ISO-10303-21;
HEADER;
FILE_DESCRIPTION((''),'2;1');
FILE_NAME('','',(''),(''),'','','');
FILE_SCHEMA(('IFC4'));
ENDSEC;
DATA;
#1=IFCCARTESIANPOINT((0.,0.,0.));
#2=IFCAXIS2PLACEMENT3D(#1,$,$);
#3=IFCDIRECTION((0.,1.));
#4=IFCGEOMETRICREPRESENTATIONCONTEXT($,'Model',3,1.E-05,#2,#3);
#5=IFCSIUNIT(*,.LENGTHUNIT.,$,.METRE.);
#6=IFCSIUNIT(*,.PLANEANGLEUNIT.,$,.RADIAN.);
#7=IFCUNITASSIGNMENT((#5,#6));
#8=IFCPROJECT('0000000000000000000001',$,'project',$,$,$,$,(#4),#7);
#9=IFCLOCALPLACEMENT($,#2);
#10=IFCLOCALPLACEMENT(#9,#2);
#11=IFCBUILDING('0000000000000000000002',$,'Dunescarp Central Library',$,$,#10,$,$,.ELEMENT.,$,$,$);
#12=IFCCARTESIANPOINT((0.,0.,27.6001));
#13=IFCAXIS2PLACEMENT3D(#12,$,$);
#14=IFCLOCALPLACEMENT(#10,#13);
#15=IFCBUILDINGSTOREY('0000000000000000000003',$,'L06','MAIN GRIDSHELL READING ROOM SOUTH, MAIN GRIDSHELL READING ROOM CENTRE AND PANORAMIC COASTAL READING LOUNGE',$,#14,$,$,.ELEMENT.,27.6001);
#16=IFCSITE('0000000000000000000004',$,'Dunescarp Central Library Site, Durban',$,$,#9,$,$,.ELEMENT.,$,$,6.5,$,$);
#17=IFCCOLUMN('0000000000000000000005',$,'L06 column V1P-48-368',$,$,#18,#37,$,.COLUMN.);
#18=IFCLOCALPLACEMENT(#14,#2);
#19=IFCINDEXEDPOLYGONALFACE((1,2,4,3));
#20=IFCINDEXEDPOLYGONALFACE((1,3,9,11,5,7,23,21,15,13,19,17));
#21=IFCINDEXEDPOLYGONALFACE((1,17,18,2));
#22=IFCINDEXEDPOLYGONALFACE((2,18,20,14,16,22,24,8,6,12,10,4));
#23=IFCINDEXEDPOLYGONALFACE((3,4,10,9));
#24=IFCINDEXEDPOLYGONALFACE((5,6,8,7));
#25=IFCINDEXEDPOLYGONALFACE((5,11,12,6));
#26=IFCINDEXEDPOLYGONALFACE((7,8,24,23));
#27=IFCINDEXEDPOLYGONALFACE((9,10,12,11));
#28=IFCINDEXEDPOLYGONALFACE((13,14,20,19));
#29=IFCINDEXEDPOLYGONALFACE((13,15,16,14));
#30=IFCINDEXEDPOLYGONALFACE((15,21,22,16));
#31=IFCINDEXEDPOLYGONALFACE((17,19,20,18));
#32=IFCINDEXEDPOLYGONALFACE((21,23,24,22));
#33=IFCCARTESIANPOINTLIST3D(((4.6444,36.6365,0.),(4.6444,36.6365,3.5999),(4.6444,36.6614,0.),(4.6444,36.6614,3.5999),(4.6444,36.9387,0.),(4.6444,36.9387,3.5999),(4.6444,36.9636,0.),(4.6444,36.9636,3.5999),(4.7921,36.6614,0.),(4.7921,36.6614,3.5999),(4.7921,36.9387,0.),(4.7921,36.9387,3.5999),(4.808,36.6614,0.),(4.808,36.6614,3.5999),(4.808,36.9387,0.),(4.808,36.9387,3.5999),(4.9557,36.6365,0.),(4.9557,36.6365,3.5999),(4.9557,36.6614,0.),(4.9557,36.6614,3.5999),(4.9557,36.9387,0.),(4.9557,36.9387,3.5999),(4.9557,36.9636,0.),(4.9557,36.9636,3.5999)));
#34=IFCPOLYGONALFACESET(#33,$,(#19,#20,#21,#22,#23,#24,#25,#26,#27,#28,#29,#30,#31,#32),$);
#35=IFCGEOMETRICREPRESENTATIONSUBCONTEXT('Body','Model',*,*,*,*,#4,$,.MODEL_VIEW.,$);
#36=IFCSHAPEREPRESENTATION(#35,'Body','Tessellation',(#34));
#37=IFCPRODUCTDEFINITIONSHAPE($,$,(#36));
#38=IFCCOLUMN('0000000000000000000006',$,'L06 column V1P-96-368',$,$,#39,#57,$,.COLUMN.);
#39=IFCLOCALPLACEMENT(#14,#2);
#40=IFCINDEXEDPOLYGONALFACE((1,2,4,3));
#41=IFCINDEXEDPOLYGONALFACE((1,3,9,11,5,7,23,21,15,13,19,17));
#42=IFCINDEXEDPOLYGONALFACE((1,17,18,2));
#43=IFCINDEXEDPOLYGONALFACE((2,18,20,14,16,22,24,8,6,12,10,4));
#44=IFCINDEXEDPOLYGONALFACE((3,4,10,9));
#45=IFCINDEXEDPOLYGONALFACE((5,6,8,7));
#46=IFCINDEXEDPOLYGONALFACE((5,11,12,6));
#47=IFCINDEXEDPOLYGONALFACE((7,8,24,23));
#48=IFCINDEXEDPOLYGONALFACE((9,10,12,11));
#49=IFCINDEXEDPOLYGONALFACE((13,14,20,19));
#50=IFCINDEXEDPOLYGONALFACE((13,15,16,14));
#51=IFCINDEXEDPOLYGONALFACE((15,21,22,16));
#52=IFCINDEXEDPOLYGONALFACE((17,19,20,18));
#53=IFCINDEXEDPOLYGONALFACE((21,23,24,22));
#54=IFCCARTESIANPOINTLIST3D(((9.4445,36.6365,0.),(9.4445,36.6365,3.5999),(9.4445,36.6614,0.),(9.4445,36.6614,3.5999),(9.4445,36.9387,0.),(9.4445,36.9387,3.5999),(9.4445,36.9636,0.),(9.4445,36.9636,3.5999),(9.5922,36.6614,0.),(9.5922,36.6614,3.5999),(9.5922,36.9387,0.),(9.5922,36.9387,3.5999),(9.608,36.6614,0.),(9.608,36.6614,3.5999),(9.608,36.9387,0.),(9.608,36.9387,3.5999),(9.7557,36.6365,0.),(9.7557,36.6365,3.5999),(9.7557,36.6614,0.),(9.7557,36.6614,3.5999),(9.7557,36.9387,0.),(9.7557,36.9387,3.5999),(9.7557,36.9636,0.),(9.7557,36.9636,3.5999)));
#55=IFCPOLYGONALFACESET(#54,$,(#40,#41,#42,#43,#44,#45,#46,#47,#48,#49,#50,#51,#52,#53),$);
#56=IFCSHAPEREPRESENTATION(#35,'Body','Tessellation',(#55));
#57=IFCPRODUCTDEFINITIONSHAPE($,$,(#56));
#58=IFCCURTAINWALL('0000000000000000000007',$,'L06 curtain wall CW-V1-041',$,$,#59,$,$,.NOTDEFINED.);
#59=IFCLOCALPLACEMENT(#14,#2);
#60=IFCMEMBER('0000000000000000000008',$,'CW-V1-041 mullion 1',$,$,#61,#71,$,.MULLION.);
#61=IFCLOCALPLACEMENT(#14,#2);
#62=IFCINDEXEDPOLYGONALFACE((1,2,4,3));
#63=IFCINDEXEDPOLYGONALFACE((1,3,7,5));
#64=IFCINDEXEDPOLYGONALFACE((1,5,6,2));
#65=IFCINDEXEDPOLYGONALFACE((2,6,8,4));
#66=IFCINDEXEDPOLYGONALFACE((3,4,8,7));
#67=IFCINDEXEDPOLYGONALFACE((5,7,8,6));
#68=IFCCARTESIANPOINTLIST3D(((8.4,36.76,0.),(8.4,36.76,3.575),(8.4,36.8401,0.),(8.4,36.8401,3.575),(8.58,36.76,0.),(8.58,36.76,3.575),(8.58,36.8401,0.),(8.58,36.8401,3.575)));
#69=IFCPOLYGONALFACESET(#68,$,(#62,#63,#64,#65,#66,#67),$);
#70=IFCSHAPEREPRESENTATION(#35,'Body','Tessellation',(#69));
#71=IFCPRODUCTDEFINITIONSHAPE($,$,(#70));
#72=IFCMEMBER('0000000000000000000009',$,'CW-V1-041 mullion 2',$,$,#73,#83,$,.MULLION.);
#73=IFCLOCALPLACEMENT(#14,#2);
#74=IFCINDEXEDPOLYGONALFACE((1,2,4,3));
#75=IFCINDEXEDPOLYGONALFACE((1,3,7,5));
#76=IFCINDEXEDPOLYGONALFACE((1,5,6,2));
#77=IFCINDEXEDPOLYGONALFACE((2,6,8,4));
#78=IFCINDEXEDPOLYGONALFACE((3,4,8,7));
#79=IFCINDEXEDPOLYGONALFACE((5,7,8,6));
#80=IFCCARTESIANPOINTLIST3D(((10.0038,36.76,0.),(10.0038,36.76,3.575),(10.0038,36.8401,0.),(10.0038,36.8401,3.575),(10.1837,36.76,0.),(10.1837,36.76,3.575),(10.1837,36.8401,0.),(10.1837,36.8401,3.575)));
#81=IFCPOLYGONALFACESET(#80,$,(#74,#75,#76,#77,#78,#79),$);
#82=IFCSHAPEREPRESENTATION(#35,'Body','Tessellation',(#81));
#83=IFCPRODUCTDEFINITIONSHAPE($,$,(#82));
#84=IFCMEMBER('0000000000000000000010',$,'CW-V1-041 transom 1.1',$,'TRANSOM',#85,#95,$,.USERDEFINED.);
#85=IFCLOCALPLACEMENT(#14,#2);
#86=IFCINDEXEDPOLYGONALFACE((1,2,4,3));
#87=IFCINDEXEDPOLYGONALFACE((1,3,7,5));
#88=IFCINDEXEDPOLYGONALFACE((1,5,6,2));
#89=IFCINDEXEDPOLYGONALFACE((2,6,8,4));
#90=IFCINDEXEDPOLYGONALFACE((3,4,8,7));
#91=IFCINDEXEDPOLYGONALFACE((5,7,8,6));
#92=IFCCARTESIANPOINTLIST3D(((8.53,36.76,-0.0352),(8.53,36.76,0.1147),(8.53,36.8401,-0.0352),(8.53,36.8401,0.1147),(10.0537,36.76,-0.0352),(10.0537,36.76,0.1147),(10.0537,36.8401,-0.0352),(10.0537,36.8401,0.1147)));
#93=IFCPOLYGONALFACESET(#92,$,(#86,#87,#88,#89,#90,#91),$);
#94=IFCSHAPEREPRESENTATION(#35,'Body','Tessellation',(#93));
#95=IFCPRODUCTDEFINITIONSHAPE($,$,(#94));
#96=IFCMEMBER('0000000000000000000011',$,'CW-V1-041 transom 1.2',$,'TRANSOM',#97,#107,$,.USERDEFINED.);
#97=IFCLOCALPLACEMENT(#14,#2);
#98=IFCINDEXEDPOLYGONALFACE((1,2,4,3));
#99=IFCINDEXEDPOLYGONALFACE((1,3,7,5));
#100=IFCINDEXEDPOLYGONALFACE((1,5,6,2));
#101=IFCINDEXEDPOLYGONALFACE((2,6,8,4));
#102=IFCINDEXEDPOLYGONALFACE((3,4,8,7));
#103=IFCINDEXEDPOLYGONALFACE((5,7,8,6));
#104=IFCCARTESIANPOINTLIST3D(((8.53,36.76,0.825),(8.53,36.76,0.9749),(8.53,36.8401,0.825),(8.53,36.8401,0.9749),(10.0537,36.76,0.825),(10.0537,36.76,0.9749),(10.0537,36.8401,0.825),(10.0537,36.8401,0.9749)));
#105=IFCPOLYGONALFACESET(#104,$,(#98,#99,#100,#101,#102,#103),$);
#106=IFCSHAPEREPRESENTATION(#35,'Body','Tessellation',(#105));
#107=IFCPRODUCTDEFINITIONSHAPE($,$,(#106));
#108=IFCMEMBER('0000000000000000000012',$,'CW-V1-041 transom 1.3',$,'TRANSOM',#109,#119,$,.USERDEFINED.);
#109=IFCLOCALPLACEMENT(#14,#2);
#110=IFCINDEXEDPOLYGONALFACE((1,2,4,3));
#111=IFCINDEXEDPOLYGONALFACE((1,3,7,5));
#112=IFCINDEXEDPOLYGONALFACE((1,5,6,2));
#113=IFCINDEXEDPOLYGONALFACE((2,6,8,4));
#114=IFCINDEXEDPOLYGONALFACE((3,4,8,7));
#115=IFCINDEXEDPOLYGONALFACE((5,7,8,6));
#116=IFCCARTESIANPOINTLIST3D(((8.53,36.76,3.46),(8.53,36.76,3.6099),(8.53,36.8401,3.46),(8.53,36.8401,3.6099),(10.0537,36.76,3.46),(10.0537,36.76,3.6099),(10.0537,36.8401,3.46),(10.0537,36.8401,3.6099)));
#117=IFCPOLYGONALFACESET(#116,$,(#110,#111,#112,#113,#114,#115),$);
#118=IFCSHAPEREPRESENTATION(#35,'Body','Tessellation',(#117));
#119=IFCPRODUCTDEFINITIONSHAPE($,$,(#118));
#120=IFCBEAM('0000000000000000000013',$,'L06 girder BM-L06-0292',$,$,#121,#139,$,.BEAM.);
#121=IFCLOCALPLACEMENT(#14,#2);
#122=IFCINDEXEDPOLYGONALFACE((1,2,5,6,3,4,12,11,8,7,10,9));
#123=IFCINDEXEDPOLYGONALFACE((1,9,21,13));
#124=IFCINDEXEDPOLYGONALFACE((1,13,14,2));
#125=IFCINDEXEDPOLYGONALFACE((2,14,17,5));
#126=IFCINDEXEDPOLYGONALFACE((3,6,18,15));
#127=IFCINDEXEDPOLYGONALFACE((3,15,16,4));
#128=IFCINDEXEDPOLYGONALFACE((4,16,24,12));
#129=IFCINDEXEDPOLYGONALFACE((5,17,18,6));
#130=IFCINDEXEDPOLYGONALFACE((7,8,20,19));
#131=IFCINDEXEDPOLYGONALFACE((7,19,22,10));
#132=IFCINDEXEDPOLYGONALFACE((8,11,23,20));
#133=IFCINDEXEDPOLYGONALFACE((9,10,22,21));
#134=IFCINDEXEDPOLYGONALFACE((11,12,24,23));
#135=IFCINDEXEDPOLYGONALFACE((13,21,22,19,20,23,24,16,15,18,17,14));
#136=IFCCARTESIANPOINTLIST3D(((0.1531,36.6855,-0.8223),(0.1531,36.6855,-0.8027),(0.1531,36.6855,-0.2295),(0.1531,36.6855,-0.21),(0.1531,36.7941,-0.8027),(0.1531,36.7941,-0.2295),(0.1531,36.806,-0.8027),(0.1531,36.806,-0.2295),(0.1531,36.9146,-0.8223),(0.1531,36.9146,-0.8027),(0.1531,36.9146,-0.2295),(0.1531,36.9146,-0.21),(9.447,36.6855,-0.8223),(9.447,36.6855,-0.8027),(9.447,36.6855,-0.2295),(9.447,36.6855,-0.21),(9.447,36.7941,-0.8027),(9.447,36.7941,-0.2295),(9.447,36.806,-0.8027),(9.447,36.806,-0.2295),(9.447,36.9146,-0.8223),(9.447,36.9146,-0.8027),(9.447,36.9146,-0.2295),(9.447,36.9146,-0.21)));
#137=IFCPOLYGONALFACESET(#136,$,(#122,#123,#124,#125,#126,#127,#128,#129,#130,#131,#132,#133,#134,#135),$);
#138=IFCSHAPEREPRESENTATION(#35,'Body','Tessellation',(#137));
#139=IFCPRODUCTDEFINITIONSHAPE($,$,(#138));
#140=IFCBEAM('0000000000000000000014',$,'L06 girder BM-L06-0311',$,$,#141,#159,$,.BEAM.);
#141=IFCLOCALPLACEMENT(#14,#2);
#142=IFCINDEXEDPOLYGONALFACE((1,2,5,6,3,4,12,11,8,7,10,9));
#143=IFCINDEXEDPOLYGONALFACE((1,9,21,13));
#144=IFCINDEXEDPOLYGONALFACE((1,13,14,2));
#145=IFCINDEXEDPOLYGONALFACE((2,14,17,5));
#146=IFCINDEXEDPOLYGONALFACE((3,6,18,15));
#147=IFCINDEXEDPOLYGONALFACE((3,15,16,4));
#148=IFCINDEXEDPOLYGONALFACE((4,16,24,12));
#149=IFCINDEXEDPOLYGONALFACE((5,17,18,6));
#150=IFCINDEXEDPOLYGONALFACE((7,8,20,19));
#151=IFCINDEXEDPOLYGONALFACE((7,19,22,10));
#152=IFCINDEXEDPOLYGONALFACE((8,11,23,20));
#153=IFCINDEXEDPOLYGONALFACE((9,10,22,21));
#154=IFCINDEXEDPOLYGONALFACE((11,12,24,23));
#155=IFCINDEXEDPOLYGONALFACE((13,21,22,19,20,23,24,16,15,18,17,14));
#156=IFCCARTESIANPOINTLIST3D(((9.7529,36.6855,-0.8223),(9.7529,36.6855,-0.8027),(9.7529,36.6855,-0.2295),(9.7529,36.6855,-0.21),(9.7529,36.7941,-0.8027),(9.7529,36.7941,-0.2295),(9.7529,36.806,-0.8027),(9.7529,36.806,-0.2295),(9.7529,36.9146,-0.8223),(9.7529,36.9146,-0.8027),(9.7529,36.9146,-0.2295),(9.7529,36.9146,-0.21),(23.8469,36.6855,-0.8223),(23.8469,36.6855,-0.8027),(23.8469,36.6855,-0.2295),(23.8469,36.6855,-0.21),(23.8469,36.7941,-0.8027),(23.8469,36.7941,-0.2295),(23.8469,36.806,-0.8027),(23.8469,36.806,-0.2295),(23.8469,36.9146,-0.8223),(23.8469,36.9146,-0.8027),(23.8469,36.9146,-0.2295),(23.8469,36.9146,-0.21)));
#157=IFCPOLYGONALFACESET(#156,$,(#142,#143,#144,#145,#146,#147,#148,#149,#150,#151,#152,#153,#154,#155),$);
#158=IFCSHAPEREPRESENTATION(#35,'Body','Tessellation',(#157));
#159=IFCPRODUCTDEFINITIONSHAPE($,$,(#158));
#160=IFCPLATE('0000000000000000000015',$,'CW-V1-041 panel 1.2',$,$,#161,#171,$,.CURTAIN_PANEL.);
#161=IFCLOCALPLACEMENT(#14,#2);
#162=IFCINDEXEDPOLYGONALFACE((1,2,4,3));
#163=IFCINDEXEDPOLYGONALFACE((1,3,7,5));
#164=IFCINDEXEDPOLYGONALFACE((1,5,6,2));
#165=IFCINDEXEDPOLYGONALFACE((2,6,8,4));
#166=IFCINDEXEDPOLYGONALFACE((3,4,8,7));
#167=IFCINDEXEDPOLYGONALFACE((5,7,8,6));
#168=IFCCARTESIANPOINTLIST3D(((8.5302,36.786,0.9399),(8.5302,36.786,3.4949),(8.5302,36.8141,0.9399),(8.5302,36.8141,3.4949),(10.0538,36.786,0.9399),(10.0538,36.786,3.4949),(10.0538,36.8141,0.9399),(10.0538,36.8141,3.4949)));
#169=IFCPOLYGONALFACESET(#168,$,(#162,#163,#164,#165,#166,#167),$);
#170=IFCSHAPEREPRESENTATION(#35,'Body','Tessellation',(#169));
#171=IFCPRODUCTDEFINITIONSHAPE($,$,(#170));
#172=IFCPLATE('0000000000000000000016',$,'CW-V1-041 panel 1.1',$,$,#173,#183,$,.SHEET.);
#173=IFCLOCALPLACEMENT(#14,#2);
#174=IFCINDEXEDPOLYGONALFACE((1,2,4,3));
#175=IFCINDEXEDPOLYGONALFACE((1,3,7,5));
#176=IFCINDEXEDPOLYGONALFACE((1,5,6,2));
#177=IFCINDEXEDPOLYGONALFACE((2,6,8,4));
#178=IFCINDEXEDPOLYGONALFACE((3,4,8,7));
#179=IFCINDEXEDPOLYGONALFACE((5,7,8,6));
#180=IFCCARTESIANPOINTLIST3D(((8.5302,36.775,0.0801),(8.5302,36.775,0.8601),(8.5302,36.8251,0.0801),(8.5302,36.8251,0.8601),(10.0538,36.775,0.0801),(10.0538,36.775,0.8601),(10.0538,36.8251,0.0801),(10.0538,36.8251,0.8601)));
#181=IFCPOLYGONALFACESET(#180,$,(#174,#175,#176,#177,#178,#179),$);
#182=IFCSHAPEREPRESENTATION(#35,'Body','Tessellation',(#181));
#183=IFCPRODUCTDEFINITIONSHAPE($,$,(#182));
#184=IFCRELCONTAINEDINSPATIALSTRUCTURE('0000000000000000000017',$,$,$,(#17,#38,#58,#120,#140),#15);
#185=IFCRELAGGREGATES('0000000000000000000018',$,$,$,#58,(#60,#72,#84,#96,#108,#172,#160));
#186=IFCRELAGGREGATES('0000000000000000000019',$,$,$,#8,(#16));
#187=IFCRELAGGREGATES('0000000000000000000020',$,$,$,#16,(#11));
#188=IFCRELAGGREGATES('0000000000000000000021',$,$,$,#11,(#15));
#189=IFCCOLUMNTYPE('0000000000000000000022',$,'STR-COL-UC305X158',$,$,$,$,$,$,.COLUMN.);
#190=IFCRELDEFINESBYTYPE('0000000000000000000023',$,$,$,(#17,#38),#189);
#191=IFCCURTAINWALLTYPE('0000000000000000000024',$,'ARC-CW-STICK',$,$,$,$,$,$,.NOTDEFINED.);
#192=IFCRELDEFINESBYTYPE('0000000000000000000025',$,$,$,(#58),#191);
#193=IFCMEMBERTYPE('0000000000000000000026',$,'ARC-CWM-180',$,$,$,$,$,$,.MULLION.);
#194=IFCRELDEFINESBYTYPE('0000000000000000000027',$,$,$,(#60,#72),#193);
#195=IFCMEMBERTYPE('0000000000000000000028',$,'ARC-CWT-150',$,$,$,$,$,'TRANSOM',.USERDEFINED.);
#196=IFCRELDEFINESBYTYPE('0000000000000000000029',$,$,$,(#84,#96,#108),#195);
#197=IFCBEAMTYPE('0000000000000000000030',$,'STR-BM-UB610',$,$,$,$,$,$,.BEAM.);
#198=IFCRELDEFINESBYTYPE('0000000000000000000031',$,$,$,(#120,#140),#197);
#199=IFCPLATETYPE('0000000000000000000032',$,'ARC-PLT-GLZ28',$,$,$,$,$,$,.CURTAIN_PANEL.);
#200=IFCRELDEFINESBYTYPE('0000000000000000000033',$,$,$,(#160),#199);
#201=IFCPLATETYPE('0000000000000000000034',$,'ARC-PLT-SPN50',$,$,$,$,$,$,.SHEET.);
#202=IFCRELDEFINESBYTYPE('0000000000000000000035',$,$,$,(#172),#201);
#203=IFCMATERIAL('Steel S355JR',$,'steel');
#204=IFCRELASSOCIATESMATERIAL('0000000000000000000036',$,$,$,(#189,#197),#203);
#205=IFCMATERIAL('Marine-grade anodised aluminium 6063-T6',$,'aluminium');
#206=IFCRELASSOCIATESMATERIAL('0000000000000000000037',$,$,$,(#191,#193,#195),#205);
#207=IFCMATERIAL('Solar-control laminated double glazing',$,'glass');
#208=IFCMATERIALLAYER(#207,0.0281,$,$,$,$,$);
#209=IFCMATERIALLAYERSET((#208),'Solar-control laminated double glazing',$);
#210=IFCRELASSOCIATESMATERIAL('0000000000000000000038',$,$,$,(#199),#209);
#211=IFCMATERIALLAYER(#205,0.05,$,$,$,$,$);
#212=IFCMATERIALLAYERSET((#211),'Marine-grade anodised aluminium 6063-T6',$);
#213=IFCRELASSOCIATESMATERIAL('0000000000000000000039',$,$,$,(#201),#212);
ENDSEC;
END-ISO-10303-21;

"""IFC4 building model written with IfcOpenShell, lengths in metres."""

from ifc_helpers import new_model, si_unit, direction, frame, origin, origin_2d, place, context, subcontext, project, spatial, rectangle, i_section, extrude, material, layer, layer_set, material_profile, profile_set, type_object, element, aggregate, save


model = new_model("IFC4")

# Units and contexts
model_context = context("Model", 3, precision=1e-05, world=origin(), true_north=direction((0.0, 1.0)))
body_context = subcontext(model_context, "Body", "Model", "MODEL_VIEW")
ifc_project = project(units=[si_unit("LENGTHUNIT", "METRE"), si_unit("PLANEANGLEUNIT", "RADIAN")], contexts=[model_context])

# Site, building, storey
site_placement = place(None, origin())
site = spatial("IfcSite", under=ifc_project, at=site_placement, Name="Dunescarp Central Library Site, Durban", CompositionType="ELEMENT", RefElevation=6.5)
building_placement = place(site_placement, origin())
building = spatial("IfcBuilding", under=site, at=building_placement, Name="Dunescarp Central Library", CompositionType="ELEMENT")
storey_placement = place(building_placement, frame((0.0, 0.0, 27.6001)))
storey = spatial("IfcBuildingStorey", under=building, at=storey_placement, Name="L06", Description="MAIN GRIDSHELL READING ROOM SOUTH, MAIN GRIDSHELL READING ROOM CENTRE AND PANORAMIC COASTAL READING LOUNGE", CompositionType="ELEMENT", Elevation=27.6001)

# Columns
ifc_material_1 = material(Name="Steel S355JR", Category="steel")
ifc_material_profile_1 = material_profile(ifc_material_1, i_section(OverallWidth=0.3113, OverallDepth=0.3271, WebThickness=0.0159, FlangeThickness=0.0249, at=origin_2d()), Name="UC 305x305x158")
ifc_profile_set_1 = profile_set([ifc_material_profile_1], Name="Steel S355JR")
column_type = type_object("IfcColumnType", Name="STR-COL-UC305X158", PredefinedType="COLUMN", material=ifc_profile_set_1)
for number, where, z_axis, x_axis, name in (
    (1, (4.8, 36.8, 0.0), (0.0, 0.0, 1.0), (1.0, 0.0, 0.0), "L06 column V1P-48-368"),
    (2, (9.6001, 36.8, 0.0), (0.0, 0.0, 1.0), (1.0, 0.0, 0.0), "L06 column V1P-96-368"),
):
    element("IfcColumn", number, at=place(storey_placement, frame(where, z_axis=z_axis, x_axis=x_axis)), inside=storey, type_object=column_type, Name=name, PredefinedType="COLUMN", context=body_context, shape_type="SweptSolid", body=[
        extrude(i_section(OverallWidth=0.3113, OverallDepth=0.3271, WebThickness=0.0159, FlangeThickness=0.0249, at=origin_2d()), origin(), (0.0, 0.0, 1.0), 3.5999),
    ])

# Curtain wall, members
ifc_material_2 = material(Name="Marine-grade anodised aluminium 6063-T6", Category="aluminium")
curtain_wall_type = type_object("IfcCurtainWallType", Name="ARC-CW-STICK", PredefinedType="NOTDEFINED", material=ifc_material_2)
curtain_wall_placement = place(storey_placement, origin())
curtain_wall = element("IfcCurtainWall", 3, at=curtain_wall_placement, inside=storey, type_object=curtain_wall_type, Name="L06 curtain wall CW-V1-041", PredefinedType="NOTDEFINED")
ifc_material_profile_2 = material_profile(ifc_material_2, rectangle(XDim=0.0801, YDim=0.1799, at=origin_2d()), Name="AL 80x180")
ifc_profile_set_2 = profile_set([ifc_material_profile_2], Name="Marine-grade anodised aluminium 6063-T6")
member_type_1 = type_object("IfcMemberType", Name="ARC-CWM-180", PredefinedType="MULLION", material=ifc_profile_set_2)
member_1_placement = place(storey_placement, frame((8.49, 36.8, 0.0), z_axis=(0.0, 0.0, 1.0), x_axis=(0.0, 1.0, 0.0)))
member_1 = element("IfcMember", 4, at=member_1_placement, type_object=member_type_1, Name="CW-V1-041 mullion 1", PredefinedType="MULLION", context=body_context, shape_type="SweptSolid", body=[
    extrude(rectangle(XDim=0.0801, YDim=0.1799, at=origin_2d()), origin(), (0.0, 0.0, 1.0), 3.575),
])
member_2_placement = place(storey_placement, frame((10.0938, 36.8, 0.0), z_axis=(0.0, 0.0, 1.0), x_axis=(0.0, 1.0, 0.0)))
member_2 = element("IfcMember", 5, at=member_2_placement, type_object=member_type_1, Name="CW-V1-041 mullion 2", PredefinedType="MULLION", context=body_context, shape_type="SweptSolid", body=[
    extrude(rectangle(XDim=0.0801, YDim=0.1799, at=origin_2d()), origin(), (0.0, 0.0, 1.0), 3.575),
])
ifc_material_profile_3 = material_profile(ifc_material_2, rectangle(XDim=0.0801, YDim=0.1499, at=origin_2d()), Name="AL 80x150")
ifc_profile_set_3 = profile_set([ifc_material_profile_3], Name="Marine-grade anodised aluminium 6063-T6")
member_type_2 = type_object("IfcMemberType", Name="ARC-CWT-150", ElementType="TRANSOM", PredefinedType="USERDEFINED", material=ifc_profile_set_3)
member_3_placement = place(storey_placement, frame((8.53, 36.8, 0.0398), z_axis=(1.0, 0.0, 0.0), x_axis=(0.0, 1.0, 0.0)))
member_3 = element("IfcMember", 6, at=member_3_placement, type_object=member_type_2, Name="CW-V1-041 transom 1.1", ObjectType="TRANSOM", PredefinedType="USERDEFINED", context=body_context, shape_type="SweptSolid", body=[
    extrude(rectangle(XDim=0.0801, YDim=0.1499, at=origin_2d()), origin(), (0.0, 0.0, 1.0), 1.5237),
])
member_4_placement = place(storey_placement, frame((8.53, 36.8, 0.8999), z_axis=(1.0, 0.0, 0.0), x_axis=(0.0, 1.0, 0.0)))
member_4 = element("IfcMember", 7, at=member_4_placement, type_object=member_type_2, Name="CW-V1-041 transom 1.2", ObjectType="TRANSOM", PredefinedType="USERDEFINED", context=body_context, shape_type="SweptSolid", body=[
    extrude(rectangle(XDim=0.0801, YDim=0.1499, at=origin_2d()), origin(), (0.0, 0.0, 1.0), 1.5237),
])
member_5_placement = place(storey_placement, frame((8.53, 36.8, 3.5349), z_axis=(1.0, 0.0, 0.0), x_axis=(0.0, 1.0, 0.0)))
member_5 = element("IfcMember", 8, at=member_5_placement, type_object=member_type_2, Name="CW-V1-041 transom 1.3", ObjectType="TRANSOM", PredefinedType="USERDEFINED", context=body_context, shape_type="SweptSolid", body=[
    extrude(rectangle(XDim=0.0801, YDim=0.1499, at=origin_2d()), origin(), (0.0, 0.0, 1.0), 1.5237),
])

# Beams
ifc_material_profile_4 = material_profile(ifc_material_1, i_section(OverallWidth=0.229, OverallDepth=0.6123, WebThickness=0.012, FlangeThickness=0.0195, at=origin_2d()), Name="UB 610x229x125")
ifc_profile_set_4 = profile_set([ifc_material_profile_4], Name="Steel S355JR")
beam_type = type_object("IfcBeamType", Name="STR-BM-UB610", PredefinedType="BEAM", material=ifc_profile_set_4)
beam_1_placement = place(storey_placement, frame((0.1531, 36.8, -0.5161), z_axis=(1.0, 0.0, 0.0), x_axis=(0.0, 1.0, 0.0)))
element("IfcBeam", 9, at=beam_1_placement, inside=storey, type_object=beam_type, Name="L06 girder BM-L06-0292", PredefinedType="BEAM", context=body_context, shape_type="SweptSolid", body=[
    extrude(i_section(OverallWidth=0.229, OverallDepth=0.6123, WebThickness=0.012, FlangeThickness=0.0195, at=origin_2d()), origin(), (0.0, 0.0, 1.0), 9.2939),
])
beam_2_placement = place(storey_placement, frame((9.7529, 36.8, -0.5161), z_axis=(1.0, 0.0, 0.0), x_axis=(0.0, 1.0, 0.0)))
element("IfcBeam", 10, at=beam_2_placement, inside=storey, type_object=beam_type, Name="L06 girder BM-L06-0311", PredefinedType="BEAM", context=body_context, shape_type="SweptSolid", body=[
    extrude(i_section(OverallWidth=0.229, OverallDepth=0.6123, WebThickness=0.012, FlangeThickness=0.0195, at=origin_2d()), origin(), (0.0, 0.0, 1.0), 14.094),
])

# Plates
ifc_material_3 = material(Name="Solar-control laminated double glazing", Category="glass")
ifc_layer_1 = layer(ifc_material_3, 0.0281)
ifc_layer_set_1 = layer_set([ifc_layer_1], Name="Solar-control laminated double glazing")
plate_type_1 = type_object("IfcPlateType", Name="ARC-PLT-GLZ28", PredefinedType="CURTAIN_PANEL", material=ifc_layer_set_1)
plate_1_placement = place(storey_placement, frame((9.292, 36.8, 0.9399), z_axis=(0.0, 0.0, 1.0), x_axis=(1.0, 0.0, 0.0)))
plate_1 = element("IfcPlate", 11, at=plate_1_placement, type_object=plate_type_1, Name="CW-V1-041 panel 1.2", PredefinedType="CURTAIN_PANEL", context=body_context, shape_type="SweptSolid", body=[
    extrude(rectangle(XDim=1.5237, YDim=0.0281, at=origin_2d()), origin(), (0.0, 0.0, 1.0), 2.5549),
])
ifc_layer_2 = layer(ifc_material_2, 0.05)
ifc_layer_set_2 = layer_set([ifc_layer_2], Name="Marine-grade anodised aluminium 6063-T6")
plate_type_2 = type_object("IfcPlateType", Name="ARC-PLT-SPN50", PredefinedType="SHEET", material=ifc_layer_set_2)
plate_2_placement = place(storey_placement, frame((9.292, 36.8, 0.0801), z_axis=(0.0, 0.0, 1.0), x_axis=(1.0, 0.0, 0.0)))
plate_2 = element("IfcPlate", 12, at=plate_2_placement, type_object=plate_type_2, Name="CW-V1-041 panel 1.1", PredefinedType="SHEET", context=body_context, shape_type="SweptSolid", body=[
    extrude(rectangle(XDim=1.5237, YDim=0.05, at=origin_2d()), origin(), (0.0, 0.0, 1.0), 0.78),
])
aggregate(curtain_wall, [member_1, member_2, member_3, member_4, member_5, plate_2, plate_1])

save(model, "model.ifc")
